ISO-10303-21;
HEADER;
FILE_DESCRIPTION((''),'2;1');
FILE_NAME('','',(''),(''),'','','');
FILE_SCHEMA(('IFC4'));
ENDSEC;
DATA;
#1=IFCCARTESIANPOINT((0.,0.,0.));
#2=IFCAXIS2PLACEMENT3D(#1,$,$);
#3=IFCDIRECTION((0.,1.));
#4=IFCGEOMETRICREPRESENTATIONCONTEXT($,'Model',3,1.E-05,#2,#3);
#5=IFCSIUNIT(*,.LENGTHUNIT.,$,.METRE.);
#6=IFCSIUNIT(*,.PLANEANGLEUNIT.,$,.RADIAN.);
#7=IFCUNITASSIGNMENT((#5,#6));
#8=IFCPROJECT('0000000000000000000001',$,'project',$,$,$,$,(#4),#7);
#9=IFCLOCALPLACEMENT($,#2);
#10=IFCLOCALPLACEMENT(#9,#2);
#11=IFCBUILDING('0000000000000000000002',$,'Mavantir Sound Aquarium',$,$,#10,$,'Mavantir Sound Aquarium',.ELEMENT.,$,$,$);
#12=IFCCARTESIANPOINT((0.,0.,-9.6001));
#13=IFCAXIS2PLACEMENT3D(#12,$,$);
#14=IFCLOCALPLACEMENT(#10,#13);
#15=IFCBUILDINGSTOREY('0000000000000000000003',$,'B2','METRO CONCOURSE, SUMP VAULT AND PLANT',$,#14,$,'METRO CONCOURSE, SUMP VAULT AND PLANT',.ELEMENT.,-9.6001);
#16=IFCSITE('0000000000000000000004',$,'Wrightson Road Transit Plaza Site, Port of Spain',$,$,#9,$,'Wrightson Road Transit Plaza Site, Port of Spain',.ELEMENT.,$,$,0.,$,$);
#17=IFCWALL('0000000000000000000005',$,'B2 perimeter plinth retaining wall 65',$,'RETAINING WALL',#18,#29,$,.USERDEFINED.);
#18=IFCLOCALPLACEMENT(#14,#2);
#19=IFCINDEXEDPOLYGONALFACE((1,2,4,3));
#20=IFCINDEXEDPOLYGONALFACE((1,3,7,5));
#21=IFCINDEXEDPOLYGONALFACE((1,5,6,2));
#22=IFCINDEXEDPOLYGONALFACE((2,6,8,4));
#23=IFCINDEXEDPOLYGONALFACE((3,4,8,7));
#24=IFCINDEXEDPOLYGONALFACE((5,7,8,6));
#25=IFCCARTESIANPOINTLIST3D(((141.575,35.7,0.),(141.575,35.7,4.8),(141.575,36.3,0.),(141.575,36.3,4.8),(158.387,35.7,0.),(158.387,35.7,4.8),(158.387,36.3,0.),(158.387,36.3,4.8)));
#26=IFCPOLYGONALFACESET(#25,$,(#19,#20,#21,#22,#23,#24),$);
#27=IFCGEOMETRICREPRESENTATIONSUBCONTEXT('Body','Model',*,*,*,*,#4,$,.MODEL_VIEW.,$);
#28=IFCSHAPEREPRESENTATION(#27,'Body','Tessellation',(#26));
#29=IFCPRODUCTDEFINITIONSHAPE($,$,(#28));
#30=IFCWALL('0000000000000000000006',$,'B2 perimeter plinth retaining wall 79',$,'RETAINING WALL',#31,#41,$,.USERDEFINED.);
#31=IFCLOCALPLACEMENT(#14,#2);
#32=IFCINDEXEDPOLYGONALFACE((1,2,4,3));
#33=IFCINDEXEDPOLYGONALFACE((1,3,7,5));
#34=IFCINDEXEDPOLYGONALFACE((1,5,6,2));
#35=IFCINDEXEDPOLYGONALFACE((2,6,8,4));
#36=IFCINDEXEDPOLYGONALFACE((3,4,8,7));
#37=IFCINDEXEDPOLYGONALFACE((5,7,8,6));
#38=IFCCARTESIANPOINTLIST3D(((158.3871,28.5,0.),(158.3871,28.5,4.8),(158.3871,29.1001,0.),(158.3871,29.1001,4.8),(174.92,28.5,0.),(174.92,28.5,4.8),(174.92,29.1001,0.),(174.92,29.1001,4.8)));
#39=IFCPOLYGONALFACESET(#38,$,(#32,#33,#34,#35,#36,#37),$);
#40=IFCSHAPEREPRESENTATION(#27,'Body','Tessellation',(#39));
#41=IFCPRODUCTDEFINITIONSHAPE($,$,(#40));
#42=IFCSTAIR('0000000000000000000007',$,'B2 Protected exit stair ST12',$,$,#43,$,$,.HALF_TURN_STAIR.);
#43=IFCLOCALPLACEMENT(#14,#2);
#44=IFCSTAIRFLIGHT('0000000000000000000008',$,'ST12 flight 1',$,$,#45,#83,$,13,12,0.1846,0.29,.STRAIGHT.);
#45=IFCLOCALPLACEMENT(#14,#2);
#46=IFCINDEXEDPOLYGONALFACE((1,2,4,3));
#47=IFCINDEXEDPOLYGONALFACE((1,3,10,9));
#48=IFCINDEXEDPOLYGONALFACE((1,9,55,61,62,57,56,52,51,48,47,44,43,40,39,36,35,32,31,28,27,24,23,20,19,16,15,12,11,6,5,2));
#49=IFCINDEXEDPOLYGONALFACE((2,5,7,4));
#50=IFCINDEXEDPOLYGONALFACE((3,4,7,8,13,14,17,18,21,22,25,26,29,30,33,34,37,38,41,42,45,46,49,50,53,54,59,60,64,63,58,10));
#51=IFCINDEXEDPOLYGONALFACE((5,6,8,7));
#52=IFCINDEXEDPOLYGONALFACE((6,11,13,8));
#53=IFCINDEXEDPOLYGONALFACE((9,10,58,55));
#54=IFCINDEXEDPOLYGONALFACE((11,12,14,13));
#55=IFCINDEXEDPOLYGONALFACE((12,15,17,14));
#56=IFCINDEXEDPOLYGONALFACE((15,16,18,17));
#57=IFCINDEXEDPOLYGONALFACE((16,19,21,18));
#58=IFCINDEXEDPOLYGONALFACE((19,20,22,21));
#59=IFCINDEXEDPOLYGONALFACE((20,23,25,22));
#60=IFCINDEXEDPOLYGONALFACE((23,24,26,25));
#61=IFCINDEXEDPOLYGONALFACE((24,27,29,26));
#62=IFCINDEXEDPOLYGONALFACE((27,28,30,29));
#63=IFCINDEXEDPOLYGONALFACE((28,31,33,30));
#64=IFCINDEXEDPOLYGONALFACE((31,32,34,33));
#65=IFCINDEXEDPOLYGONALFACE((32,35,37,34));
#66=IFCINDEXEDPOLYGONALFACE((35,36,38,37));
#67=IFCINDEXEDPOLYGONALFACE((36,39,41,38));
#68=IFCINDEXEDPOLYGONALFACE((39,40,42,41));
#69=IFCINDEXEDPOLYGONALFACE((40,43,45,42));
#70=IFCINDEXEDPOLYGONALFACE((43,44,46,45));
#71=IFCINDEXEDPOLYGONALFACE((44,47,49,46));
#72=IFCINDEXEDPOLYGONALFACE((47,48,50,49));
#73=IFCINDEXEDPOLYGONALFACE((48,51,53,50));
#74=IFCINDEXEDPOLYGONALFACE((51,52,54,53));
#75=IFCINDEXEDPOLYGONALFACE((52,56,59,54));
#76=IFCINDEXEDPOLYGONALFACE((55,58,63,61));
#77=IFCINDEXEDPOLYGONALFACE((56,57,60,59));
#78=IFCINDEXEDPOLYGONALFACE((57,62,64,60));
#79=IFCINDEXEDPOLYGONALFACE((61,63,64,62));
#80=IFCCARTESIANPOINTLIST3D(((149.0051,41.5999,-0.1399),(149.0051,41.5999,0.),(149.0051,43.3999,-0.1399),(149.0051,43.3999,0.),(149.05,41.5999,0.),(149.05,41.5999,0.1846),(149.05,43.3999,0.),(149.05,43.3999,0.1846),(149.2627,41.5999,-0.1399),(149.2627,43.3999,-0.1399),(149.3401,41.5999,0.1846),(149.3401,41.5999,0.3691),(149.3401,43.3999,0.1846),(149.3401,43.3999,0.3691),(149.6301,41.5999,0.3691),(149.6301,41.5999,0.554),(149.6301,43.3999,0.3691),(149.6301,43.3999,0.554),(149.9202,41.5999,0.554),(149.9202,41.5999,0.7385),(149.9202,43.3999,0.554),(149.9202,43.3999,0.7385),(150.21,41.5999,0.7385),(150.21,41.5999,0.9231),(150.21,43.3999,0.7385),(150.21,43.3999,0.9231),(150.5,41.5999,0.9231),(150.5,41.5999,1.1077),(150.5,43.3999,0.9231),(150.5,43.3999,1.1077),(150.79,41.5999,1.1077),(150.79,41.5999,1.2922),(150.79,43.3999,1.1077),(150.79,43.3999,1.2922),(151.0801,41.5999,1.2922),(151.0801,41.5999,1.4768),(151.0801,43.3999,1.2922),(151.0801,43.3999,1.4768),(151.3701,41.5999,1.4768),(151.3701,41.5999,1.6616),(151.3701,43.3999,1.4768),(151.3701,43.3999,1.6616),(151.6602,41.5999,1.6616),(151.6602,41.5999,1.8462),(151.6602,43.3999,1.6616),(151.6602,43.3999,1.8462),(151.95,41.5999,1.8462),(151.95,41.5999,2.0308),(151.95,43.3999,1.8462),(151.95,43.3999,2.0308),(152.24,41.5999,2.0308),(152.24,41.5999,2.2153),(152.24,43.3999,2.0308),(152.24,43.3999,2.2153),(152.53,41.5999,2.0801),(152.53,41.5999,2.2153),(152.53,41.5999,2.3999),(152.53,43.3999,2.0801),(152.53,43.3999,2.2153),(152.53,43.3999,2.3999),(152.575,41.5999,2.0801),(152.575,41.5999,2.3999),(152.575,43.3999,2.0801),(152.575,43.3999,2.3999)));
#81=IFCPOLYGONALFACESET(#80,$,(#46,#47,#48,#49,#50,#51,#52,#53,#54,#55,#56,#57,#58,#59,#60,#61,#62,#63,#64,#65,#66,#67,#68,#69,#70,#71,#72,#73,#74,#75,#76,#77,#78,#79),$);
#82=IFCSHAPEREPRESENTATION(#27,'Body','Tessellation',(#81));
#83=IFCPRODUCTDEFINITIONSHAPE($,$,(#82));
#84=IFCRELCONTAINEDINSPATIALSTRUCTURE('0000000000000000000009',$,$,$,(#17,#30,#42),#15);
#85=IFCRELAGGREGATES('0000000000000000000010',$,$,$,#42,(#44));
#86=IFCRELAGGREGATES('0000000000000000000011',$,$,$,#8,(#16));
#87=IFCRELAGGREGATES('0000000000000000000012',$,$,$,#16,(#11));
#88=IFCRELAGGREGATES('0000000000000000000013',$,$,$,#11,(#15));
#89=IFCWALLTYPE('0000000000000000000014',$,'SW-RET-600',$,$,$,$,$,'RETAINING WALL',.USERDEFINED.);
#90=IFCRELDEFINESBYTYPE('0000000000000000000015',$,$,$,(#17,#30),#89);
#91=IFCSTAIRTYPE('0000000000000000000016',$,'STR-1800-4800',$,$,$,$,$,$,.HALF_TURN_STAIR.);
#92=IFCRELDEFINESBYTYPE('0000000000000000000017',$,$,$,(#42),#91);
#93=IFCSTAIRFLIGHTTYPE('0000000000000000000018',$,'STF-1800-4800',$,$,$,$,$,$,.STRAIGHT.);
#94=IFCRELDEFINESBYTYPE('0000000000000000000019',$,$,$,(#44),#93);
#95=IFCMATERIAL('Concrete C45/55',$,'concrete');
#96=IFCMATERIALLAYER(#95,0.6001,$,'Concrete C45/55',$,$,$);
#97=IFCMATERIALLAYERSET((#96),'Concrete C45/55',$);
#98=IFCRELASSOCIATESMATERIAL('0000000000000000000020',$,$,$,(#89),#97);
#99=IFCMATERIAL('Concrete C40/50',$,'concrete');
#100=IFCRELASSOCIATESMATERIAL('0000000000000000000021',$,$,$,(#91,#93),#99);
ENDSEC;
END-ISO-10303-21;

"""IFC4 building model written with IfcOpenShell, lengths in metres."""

from ifc_helpers import new_model, si_unit, direction, frame, frame_2d, origin, place, context, subcontext, project, spatial, polyline, rectangle, outline, extrude, material, layer, layer_set, type_object, element, aggregate, save


model = new_model("IFC4")

# Units and contexts
model_context = context("Model", 3, precision=1e-05, world=origin(), true_north=direction((0.0, 1.0)))
body_context = subcontext(model_context, "Body", "Model", "MODEL_VIEW")
ifc_project = project(units=[si_unit("LENGTHUNIT", "METRE"), si_unit("PLANEANGLEUNIT", "RADIAN")], contexts=[model_context])

# Site, building, storey
site_placement = place(None, origin())
site = spatial("IfcSite", under=ifc_project, at=site_placement, Name="Wrightson Road Transit Plaza Site, Port of Spain", LongName="Wrightson Road Transit Plaza Site, Port of Spain", CompositionType="ELEMENT", RefElevation=0.0)
building_placement = place(site_placement, origin())
building = spatial("IfcBuilding", under=site, at=building_placement, Name="Mavantir Sound Aquarium", LongName="Mavantir Sound Aquarium", CompositionType="ELEMENT")
storey_placement = place(building_placement, frame((0.0, 0.0, -9.6001)))
storey = spatial("IfcBuildingStorey", under=building, at=storey_placement, Name="B2", Description="METRO CONCOURSE, SUMP VAULT AND PLANT", LongName="METRO CONCOURSE, SUMP VAULT AND PLANT", CompositionType="ELEMENT", Elevation=-9.6001)

# Shared definitions
ifc_material_1 = material(Name="Concrete C40/50", Category="concrete")

# Walls
ifc_material_2 = material(Name="Concrete C45/55", Category="concrete")
ifc_layer_1 = layer(ifc_material_2, 0.6001, Name="Concrete C45/55")
ifc_layer_set_1 = layer_set([ifc_layer_1], Name="Concrete C45/55")
wall_type_1 = type_object("IfcWallType", Name="SW-RET-600", ElementType="RETAINING WALL", PredefinedType="USERDEFINED", material=ifc_layer_set_1)
wall_1_placement = place(storey_placement, frame((158.387, 36.0, 0.0), z_axis=(0.0, 0.0, 1.0), x_axis=(-1.0, 0.0, 0.0)))
element("IfcWall", 1, at=wall_1_placement, inside=storey, type_object=wall_type_1, Name="B2 perimeter plinth retaining wall 65", ObjectType="RETAINING WALL", PredefinedType="USERDEFINED", context=body_context, shape_type="SweptSolid", body=[
    extrude(rectangle(XDim=16.812, YDim=0.6001, at=frame_2d((8.406, 0.0))), origin(), (0.0, 0.0, 1.0), 4.8),
])
wall_2_placement = place(storey_placement, frame((158.387, 28.8, 0.0), z_axis=(0.0, 0.0, 1.0), x_axis=(1.0, 0.0, 0.0)))
element("IfcWall", 2, at=wall_2_placement, inside=storey, type_object=wall_type_1, Name="B2 perimeter plinth retaining wall 79", ObjectType="RETAINING WALL", PredefinedType="USERDEFINED", context=body_context, shape_type="SweptSolid", body=[
    extrude(rectangle(XDim=16.533, YDim=0.6001, at=frame_2d((8.2666, 0.0))), origin(), (0.0, 0.0, 1.0), 4.8),
])

# Stair, stair flight
stair_type = type_object("IfcStairType", Name="STR-1800-4800", PredefinedType="HALF_TURN_STAIR", material=ifc_material_1)
stair_placement = place(storey_placement, origin())
stair = element("IfcStair", 3, at=stair_placement, inside=storey, type_object=stair_type, Name="B2 Protected exit stair ST12", PredefinedType="HALF_TURN_STAIR")
stair_flight_type = type_object("IfcStairFlightType", Name="STF-1800-4800", PredefinedType="STRAIGHT", material=ifc_material_1)
stair_flight_placement = place(storey_placement, frame((149.05, 42.5, 0.0), z_axis=(0.0, 0.0, 1.0), x_axis=(1.0, 0.0, 0.0)))
stair_flight = element("IfcStairFlight", 4, at=stair_flight_placement, type_object=stair_flight_type, Name="ST12 flight 1", NumberOfRisers=13, NumberOfTreads=12, PredefinedType="STRAIGHT", RiserHeight=0.1846, TreadLength=0.29, context=body_context, shape_type="SweptSolid", body=[
    extrude(outline(polyline([(-0.0449, -0.1399), (-0.0449, 0.0), (0.0, 0.0), (0.0, 0.1846), (0.29, 0.1846), (0.29, 0.3691), (0.5801, 0.3691), (0.5801, 0.554), (0.8701, 0.554), (0.8701, 0.7385), (1.1599, 0.7385), (1.1599, 0.9231), (1.45, 0.9231), (1.45, 1.1077), (1.74, 1.1077), (1.74, 1.2922), (2.03, 1.2922), (2.03, 1.4768), (2.3201, 1.4768), (2.3201, 1.6616), (2.6101, 1.6616), (2.6101, 1.8462), (2.8999, 1.8462), (2.8999, 2.0308), (3.1899, 2.0308), (3.1899, 2.2153), (3.48, 2.2153), (3.48, 2.3999), (3.5249, 2.3999), (3.5249, 2.0801), (3.48, 2.0801), (0.2126, -0.1399), (-0.0449, -0.1399)])), frame((0.0, 0.8999, 0.0), z_axis=(0.0, -1.0, 0.0), x_axis=(1.0, 0.0, 0.0)), (0.0, 0.0, 1.0), 1.8),
])
aggregate(stair, [stair_flight])

save(model, "model.ifc")
